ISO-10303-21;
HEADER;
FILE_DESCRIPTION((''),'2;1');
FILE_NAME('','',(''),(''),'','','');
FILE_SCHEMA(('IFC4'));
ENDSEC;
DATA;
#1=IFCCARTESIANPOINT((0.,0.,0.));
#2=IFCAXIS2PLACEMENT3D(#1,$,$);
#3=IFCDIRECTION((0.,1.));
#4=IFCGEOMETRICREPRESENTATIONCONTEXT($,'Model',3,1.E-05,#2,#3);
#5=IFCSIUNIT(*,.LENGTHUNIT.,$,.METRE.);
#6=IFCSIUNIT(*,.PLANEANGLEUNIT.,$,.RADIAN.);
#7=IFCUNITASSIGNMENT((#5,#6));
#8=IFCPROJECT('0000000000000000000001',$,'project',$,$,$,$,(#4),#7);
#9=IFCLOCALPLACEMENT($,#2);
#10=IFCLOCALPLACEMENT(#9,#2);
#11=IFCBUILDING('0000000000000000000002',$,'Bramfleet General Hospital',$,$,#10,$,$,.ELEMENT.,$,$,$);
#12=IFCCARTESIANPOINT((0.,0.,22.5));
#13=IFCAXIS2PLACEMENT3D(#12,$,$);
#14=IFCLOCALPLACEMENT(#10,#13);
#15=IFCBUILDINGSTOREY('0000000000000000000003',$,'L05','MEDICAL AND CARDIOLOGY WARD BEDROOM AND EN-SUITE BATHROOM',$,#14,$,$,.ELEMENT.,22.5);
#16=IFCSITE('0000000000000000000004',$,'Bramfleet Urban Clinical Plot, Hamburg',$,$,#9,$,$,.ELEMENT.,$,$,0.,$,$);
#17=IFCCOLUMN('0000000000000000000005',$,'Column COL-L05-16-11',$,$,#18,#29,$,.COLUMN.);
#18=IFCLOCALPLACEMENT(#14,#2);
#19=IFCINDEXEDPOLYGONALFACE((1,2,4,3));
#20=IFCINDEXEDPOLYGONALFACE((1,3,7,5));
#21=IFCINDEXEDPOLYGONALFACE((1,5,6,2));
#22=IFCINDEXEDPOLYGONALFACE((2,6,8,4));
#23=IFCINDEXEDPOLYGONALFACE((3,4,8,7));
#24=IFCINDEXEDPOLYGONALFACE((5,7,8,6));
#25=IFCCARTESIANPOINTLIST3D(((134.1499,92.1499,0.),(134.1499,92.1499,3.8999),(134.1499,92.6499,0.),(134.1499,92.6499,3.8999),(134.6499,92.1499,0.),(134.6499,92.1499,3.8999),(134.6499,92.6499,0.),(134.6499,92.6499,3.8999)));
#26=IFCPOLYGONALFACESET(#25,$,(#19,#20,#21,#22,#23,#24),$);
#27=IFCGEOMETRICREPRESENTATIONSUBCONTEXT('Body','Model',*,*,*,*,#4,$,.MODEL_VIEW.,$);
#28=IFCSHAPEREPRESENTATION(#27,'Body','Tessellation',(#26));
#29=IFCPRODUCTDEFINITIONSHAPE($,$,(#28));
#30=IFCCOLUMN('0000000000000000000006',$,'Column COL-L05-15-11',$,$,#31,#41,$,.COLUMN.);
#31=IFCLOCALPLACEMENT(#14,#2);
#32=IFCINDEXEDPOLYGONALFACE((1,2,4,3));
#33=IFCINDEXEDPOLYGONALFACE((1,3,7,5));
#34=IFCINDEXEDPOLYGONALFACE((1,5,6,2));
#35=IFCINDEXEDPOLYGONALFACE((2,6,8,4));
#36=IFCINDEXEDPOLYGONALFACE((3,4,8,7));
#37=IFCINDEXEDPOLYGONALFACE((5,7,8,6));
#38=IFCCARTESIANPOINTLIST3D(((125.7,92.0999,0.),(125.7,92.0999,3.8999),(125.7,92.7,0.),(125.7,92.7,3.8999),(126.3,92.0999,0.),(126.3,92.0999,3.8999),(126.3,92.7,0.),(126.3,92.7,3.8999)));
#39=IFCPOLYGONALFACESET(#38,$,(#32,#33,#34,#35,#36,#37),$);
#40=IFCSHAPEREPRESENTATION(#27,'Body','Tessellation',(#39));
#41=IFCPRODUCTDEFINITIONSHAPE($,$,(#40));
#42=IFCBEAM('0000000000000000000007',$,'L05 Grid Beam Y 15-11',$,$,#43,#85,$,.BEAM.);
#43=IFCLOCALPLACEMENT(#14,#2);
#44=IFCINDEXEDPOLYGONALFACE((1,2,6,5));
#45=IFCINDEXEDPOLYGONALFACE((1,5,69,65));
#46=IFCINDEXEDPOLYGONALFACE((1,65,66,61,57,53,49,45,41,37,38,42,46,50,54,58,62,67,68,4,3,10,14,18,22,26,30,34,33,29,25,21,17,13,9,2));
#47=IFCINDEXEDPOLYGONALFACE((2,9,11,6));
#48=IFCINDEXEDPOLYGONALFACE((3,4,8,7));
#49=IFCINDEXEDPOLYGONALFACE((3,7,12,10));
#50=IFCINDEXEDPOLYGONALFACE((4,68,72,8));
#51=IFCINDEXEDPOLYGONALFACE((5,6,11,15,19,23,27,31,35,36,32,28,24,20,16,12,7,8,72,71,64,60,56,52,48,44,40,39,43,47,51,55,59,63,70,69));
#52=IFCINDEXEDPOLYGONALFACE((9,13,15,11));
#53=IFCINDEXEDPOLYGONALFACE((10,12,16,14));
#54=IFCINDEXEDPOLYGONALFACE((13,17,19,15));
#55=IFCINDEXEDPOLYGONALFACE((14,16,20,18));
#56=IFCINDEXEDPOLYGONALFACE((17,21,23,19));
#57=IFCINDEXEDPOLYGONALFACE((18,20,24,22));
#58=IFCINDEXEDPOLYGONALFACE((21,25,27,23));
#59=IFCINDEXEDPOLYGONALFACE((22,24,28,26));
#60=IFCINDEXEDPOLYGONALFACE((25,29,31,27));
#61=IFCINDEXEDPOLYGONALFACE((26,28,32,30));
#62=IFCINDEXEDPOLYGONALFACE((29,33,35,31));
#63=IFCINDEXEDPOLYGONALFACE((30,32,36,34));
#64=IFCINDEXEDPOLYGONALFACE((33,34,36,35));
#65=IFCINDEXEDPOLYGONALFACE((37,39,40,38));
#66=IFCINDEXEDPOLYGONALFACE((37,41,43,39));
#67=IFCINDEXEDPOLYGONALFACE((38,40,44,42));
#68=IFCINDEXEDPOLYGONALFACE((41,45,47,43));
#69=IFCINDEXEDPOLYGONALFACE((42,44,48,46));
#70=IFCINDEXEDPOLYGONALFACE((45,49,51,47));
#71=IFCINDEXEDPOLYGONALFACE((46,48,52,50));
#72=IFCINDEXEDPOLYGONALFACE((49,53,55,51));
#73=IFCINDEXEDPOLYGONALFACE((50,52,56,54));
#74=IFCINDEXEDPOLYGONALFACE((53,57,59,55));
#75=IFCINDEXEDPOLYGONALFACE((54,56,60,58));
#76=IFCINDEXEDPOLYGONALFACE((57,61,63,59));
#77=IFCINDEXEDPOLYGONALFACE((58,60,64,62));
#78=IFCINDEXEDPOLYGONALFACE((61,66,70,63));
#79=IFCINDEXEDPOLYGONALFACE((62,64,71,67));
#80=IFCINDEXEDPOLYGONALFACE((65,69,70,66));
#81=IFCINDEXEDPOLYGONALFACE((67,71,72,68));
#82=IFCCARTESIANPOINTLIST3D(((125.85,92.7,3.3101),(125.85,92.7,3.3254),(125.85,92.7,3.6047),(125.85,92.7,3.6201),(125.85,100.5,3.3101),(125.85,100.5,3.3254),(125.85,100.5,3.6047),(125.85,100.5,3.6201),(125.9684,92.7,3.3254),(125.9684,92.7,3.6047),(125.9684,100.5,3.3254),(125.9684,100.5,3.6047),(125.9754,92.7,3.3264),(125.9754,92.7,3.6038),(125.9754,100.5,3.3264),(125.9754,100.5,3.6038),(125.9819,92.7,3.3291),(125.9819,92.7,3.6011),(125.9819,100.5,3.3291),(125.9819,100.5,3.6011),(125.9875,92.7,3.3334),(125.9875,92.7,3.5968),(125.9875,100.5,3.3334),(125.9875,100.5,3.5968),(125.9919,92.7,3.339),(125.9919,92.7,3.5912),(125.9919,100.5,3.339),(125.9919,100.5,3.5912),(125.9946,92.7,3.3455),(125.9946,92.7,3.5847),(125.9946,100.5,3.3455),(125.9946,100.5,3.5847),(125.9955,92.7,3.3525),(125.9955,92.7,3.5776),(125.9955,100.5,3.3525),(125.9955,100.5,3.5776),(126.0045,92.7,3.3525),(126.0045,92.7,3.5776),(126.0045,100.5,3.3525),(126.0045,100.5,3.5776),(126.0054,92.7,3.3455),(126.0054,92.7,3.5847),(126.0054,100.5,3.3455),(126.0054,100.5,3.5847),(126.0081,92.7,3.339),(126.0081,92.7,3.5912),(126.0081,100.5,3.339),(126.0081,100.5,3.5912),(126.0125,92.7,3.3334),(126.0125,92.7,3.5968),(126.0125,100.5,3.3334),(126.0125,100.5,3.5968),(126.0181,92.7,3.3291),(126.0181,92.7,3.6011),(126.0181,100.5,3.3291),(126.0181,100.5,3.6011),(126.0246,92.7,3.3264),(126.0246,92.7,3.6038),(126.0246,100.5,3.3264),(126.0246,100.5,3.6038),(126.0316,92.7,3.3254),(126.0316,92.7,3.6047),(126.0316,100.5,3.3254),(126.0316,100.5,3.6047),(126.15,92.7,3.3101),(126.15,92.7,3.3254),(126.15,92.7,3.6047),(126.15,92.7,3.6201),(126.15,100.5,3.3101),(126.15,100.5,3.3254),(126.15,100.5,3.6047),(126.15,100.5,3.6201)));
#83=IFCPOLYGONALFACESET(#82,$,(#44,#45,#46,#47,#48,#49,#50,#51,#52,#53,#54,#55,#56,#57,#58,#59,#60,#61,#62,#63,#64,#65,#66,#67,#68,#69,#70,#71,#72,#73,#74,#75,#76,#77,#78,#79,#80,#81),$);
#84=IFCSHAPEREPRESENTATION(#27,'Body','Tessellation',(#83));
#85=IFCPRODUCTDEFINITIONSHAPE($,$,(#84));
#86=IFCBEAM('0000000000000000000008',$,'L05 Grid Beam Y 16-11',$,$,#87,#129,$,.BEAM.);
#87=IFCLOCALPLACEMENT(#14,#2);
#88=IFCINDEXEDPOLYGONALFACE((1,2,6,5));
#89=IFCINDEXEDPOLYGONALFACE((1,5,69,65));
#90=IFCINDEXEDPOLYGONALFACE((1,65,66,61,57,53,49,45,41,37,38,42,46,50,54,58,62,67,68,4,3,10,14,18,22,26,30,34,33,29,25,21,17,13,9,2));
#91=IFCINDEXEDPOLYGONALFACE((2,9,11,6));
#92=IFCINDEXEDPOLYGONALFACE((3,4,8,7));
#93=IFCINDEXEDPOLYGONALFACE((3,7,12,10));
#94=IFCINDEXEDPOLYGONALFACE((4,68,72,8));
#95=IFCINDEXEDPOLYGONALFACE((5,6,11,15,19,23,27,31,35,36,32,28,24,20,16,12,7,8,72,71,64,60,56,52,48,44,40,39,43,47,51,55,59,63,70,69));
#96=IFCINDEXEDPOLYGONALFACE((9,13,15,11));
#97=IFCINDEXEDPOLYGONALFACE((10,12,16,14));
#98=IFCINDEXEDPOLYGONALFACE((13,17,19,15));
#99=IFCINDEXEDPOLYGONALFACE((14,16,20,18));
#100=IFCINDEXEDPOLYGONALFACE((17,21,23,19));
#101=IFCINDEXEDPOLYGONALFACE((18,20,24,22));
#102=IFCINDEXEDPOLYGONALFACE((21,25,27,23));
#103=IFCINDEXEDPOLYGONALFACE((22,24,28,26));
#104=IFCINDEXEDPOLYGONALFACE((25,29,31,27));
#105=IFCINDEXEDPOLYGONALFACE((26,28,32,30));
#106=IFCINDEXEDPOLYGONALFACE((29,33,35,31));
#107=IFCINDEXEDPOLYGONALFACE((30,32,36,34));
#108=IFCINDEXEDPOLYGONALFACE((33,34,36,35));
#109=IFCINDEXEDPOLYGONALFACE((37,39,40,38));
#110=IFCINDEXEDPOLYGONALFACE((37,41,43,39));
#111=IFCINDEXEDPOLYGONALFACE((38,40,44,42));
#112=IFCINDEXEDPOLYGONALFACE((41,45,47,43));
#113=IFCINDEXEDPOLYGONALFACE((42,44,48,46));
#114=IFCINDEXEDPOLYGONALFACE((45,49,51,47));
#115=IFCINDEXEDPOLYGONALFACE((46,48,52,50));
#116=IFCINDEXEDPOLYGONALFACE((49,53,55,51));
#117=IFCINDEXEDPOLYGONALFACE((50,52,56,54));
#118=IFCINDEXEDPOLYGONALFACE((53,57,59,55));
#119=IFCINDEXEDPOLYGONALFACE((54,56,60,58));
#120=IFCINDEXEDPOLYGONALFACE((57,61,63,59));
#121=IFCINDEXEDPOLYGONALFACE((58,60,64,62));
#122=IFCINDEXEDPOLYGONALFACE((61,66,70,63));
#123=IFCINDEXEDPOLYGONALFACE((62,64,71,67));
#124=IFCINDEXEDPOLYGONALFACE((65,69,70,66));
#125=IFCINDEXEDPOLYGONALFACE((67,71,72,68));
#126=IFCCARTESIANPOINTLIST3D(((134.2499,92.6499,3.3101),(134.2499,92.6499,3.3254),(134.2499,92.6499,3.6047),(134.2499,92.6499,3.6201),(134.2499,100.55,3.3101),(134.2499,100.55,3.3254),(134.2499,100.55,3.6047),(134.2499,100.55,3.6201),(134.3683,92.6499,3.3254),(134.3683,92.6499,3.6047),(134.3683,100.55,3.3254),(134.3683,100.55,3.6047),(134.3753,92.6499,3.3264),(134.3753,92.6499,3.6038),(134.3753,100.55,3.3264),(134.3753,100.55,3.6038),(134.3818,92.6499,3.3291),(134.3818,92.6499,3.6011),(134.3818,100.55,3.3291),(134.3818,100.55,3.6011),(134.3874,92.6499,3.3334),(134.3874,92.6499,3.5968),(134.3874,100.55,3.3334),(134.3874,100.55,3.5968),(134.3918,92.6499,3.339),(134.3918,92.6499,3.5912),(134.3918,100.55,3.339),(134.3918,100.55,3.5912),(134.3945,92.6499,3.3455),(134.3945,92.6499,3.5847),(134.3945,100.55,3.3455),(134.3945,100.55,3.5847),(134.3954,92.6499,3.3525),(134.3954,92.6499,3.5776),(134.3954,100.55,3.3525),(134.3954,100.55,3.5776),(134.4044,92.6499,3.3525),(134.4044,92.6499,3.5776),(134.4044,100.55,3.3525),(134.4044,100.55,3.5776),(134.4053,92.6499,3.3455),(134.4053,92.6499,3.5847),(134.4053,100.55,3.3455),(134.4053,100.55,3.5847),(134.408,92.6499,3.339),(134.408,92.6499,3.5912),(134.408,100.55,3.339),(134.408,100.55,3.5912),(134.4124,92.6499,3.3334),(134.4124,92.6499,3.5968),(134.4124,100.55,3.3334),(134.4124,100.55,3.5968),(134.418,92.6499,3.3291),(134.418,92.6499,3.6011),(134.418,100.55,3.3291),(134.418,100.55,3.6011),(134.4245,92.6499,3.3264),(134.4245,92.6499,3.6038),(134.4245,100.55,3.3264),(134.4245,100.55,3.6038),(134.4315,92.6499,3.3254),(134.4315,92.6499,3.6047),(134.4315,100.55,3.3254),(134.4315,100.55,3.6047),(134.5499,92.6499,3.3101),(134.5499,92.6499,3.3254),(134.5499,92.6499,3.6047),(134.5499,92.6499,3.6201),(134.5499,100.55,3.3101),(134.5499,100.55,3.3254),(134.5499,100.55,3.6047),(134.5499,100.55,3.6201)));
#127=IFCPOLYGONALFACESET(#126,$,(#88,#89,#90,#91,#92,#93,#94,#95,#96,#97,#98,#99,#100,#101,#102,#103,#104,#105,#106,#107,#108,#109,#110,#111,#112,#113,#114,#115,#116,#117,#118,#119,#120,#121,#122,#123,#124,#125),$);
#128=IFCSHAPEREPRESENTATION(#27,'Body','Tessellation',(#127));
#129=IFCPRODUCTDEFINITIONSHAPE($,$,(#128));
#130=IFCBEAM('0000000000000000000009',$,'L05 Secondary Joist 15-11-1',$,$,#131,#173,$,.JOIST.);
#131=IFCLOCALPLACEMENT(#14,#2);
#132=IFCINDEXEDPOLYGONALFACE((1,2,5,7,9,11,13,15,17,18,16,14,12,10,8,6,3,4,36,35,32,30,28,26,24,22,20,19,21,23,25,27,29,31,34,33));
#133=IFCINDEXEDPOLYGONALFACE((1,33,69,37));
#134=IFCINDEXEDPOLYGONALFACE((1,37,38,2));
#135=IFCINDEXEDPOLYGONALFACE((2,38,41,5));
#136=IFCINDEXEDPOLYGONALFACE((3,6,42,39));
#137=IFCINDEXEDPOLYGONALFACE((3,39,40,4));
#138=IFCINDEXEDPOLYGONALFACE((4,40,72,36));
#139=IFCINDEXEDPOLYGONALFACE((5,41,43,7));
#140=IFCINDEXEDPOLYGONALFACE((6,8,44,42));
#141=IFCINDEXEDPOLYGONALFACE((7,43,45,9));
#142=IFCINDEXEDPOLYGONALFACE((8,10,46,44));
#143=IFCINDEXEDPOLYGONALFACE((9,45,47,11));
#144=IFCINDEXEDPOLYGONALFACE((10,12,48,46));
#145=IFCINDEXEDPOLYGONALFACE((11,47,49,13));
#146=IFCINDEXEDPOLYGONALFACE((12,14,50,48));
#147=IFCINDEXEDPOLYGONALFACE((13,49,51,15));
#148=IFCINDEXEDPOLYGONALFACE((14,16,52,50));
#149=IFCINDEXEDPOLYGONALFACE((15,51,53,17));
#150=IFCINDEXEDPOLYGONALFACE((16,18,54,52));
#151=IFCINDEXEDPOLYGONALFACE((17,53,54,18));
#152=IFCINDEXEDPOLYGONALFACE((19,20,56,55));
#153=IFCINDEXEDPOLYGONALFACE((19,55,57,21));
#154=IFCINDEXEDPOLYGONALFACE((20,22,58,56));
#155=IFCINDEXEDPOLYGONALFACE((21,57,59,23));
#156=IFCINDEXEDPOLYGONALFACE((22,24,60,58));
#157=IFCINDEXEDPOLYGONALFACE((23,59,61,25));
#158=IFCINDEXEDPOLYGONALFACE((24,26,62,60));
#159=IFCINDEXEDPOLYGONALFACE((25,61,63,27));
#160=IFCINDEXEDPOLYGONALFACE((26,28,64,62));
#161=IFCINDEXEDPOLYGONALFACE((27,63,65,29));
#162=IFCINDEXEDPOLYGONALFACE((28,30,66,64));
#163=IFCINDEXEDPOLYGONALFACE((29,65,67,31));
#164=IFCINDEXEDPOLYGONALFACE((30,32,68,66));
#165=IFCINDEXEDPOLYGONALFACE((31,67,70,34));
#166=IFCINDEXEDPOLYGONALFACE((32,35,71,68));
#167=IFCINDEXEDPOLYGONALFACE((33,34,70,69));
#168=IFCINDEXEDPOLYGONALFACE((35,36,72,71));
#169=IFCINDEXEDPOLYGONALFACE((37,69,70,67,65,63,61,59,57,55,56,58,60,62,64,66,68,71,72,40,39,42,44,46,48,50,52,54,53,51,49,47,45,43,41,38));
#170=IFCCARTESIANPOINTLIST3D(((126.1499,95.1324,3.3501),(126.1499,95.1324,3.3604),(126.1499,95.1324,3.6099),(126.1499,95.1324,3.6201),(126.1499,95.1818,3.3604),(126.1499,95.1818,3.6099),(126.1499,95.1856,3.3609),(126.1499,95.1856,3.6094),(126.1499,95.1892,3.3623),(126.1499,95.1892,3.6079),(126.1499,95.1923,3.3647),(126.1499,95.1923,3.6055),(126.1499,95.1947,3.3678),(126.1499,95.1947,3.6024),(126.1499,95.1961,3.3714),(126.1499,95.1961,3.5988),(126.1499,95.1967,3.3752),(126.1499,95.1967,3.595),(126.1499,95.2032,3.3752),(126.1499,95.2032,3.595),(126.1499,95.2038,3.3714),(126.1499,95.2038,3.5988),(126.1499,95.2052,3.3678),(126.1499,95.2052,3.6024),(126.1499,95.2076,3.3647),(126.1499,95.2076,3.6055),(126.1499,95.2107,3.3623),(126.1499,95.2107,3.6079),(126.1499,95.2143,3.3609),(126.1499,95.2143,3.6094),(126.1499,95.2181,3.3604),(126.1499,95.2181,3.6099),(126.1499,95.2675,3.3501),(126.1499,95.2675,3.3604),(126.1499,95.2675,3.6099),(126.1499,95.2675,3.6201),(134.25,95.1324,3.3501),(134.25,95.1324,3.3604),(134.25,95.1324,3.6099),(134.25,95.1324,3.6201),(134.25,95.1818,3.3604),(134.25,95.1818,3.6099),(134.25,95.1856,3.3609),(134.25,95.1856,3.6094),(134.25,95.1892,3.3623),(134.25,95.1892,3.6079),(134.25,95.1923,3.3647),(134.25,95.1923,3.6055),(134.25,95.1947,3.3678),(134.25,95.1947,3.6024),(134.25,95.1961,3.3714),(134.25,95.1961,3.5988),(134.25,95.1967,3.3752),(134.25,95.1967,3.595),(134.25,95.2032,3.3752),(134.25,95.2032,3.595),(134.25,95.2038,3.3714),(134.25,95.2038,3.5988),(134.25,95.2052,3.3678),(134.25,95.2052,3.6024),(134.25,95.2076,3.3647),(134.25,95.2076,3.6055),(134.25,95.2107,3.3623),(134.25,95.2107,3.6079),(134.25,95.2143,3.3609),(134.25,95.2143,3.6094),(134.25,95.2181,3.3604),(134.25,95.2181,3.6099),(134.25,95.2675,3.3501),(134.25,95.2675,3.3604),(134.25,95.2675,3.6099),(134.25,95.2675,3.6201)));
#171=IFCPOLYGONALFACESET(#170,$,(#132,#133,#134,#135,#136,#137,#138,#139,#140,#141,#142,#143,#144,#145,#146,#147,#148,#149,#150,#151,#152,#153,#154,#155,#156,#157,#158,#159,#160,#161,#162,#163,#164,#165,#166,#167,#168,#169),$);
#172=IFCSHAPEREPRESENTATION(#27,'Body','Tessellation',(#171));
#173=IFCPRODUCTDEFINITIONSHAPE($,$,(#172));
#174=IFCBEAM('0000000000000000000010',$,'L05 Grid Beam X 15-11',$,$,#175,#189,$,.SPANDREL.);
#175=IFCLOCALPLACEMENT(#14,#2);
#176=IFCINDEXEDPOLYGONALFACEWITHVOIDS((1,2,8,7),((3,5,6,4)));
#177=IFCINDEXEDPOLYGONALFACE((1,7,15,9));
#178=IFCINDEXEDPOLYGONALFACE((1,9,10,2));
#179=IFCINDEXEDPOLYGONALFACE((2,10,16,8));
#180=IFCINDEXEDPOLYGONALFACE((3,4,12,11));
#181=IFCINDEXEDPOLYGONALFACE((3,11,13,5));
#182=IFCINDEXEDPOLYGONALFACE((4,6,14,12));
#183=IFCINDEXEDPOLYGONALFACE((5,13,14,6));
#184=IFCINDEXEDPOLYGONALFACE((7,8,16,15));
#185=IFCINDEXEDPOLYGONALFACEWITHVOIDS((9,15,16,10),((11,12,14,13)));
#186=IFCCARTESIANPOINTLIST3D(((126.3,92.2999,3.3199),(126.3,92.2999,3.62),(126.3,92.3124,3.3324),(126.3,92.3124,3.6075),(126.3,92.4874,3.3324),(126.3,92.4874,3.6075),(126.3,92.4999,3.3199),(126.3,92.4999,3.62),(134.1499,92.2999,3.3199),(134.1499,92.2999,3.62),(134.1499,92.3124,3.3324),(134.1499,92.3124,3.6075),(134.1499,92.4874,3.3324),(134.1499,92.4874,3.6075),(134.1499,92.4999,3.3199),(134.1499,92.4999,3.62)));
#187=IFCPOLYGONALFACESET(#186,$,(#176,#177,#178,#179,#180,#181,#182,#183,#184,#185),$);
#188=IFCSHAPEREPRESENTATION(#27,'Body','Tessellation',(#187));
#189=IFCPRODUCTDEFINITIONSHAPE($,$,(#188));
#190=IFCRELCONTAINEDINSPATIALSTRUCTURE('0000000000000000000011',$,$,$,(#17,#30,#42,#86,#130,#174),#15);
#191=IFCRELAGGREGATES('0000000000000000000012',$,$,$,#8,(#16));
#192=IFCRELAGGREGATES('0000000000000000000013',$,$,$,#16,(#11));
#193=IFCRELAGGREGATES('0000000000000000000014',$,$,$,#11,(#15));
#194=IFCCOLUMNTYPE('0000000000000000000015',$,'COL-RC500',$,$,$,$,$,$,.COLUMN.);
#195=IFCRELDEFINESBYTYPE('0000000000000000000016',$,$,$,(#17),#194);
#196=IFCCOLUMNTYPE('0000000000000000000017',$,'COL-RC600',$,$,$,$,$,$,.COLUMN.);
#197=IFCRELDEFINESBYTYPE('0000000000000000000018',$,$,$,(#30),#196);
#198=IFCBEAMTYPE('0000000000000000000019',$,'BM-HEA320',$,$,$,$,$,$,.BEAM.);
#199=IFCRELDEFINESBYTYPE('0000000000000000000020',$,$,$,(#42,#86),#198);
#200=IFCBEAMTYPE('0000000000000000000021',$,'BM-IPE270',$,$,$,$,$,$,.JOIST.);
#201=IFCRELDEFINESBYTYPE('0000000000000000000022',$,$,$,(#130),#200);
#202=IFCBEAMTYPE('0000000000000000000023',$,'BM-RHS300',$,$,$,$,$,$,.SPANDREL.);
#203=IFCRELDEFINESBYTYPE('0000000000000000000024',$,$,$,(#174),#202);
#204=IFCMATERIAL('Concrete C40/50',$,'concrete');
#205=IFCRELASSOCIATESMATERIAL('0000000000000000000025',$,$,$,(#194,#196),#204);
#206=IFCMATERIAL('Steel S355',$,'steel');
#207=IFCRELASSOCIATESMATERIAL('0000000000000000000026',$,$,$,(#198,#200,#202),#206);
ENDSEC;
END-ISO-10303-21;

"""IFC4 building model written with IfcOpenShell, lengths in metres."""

from ifc_helpers import new_model, si_unit, direction, frame, origin, origin_2d, place, context, subcontext, project, spatial, rectangle, hollow_rectangle, i_section, extrude, material, material_profile, profile_set, type_object, element, save


model = new_model("IFC4")

# Units and contexts
model_context = context("Model", 3, precision=1e-05, world=origin(), true_north=direction((0.0, 1.0)))
body_context = subcontext(model_context, "Body", "Model", "MODEL_VIEW")
ifc_project = project(units=[si_unit("LENGTHUNIT", "METRE"), si_unit("PLANEANGLEUNIT", "RADIAN")], contexts=[model_context])

# Site, building, storey
site_placement = place(None, origin())
site = spatial("IfcSite", under=ifc_project, at=site_placement, Name="Bramfleet Urban Clinical Plot, Hamburg", CompositionType="ELEMENT", RefElevation=0.0)
building_placement = place(site_placement, origin())
building = spatial("IfcBuilding", under=site, at=building_placement, Name="Bramfleet General Hospital", CompositionType="ELEMENT")
storey_placement = place(building_placement, frame((0.0, 0.0, 22.5)))
storey = spatial("IfcBuildingStorey", under=building, at=storey_placement, Name="L05", Description="MEDICAL AND CARDIOLOGY WARD BEDROOM AND EN-SUITE BATHROOM", CompositionType="ELEMENT", Elevation=22.5)

# Columns
ifc_material_1 = material(Name="Concrete C40/50", Category="concrete")
ifc_material_profile_1 = material_profile(ifc_material_1, rectangle(XDim=0.5, YDim=0.5, at=origin_2d()), Name="RC COL 500x500")
ifc_profile_set_1 = profile_set([ifc_material_profile_1], Name="Concrete C40/50")
column_type_1 = type_object("IfcColumnType", Name="COL-RC500", PredefinedType="COLUMN", material=ifc_profile_set_1)
column_1_placement = place(storey_placement, frame((134.3999, 92.3999, 0.0), z_axis=(0.0, 0.0, 1.0), x_axis=(1.0, 0.0, 0.0)))
element("IfcColumn", 1, at=column_1_placement, inside=storey, type_object=column_type_1, Name="Column COL-L05-16-11", PredefinedType="COLUMN", context=body_context, shape_type="SweptSolid", body=[
    extrude(rectangle(XDim=0.5, YDim=0.5, at=origin_2d()), origin(), (0.0, 0.0, 1.0), 3.8999),
])
ifc_material_profile_2 = material_profile(ifc_material_1, rectangle(XDim=0.6001, YDim=0.6001, at=origin_2d()), Name="RC COL 600x600")
ifc_profile_set_2 = profile_set([ifc_material_profile_2], Name="Concrete C40/50")
column_type_2 = type_object("IfcColumnType", Name="COL-RC600", PredefinedType="COLUMN", material=ifc_profile_set_2)
column_2_placement = place(storey_placement, frame((126.0, 92.3999, 0.0), z_axis=(0.0, 0.0, 1.0), x_axis=(1.0, 0.0, 0.0)))
element("IfcColumn", 2, at=column_2_placement, inside=storey, type_object=column_type_2, Name="Column COL-L05-15-11", PredefinedType="COLUMN", context=body_context, shape_type="SweptSolid", body=[
    extrude(rectangle(XDim=0.6001, YDim=0.6001, at=origin_2d()), origin(), (0.0, 0.0, 1.0), 3.8999),
])

# Beams
ifc_material_2 = material(Name="Steel S355", Category="steel")
ifc_material_profile_3 = material_profile(ifc_material_2, i_section(OverallWidth=0.3, OverallDepth=0.3101, WebThickness=0.009, FlangeThickness=0.0154, FilletRadius=0.0271, at=origin_2d()), Name="HEA 320")
ifc_profile_set_3 = profile_set([ifc_material_profile_3], Name="Steel S355")
beam_type_1 = type_object("IfcBeamType", Name="BM-HEA320", PredefinedType="BEAM", material=ifc_profile_set_3)
beam_1_placement = place(storey_placement, frame((126.0, 92.7, 3.4651), z_axis=(0.0, 1.0, 0.0), x_axis=(-1.0, 0.0, 0.0)))
element("IfcBeam", 3, at=beam_1_placement, inside=storey, type_object=beam_type_1, Name="L05 Grid Beam Y 15-11", PredefinedType="BEAM", context=body_context, shape_type="SweptSolid", body=[
    extrude(i_section(OverallWidth=0.3, OverallDepth=0.3101, WebThickness=0.009, FlangeThickness=0.0154, FilletRadius=0.0271, at=origin_2d()), origin(), (0.0, 0.0, 1.0), 7.8),
])
beam_2_placement = place(storey_placement, frame((134.3999, 92.6499, 3.4651), z_axis=(0.0, 1.0, 0.0), x_axis=(-1.0, 0.0, 0.0)))
element("IfcBeam", 4, at=beam_2_placement, inside=storey, type_object=beam_type_1, Name="L05 Grid Beam Y 16-11", PredefinedType="BEAM", context=body_context, shape_type="SweptSolid", body=[
    extrude(i_section(OverallWidth=0.3, OverallDepth=0.3101, WebThickness=0.009, FlangeThickness=0.0154, FilletRadius=0.0271, at=origin_2d()), origin(), (0.0, 0.0, 1.0), 7.9001),
])
ifc_material_profile_4 = material_profile(ifc_material_2, i_section(OverallWidth=0.135, OverallDepth=0.27, WebThickness=0.0066, FlangeThickness=0.0103, FilletRadius=0.0149, at=origin_2d()), Name="IPE 270")
ifc_profile_set_4 = profile_set([ifc_material_profile_4], Name="Steel S355")
beam_type_2 = type_object("IfcBeamType", Name="BM-IPE270", PredefinedType="JOIST", material=ifc_profile_set_4)
beam_3_placement = place(storey_placement, frame((126.1499, 95.2, 3.4851), z_axis=(1.0, 0.0, 0.0), x_axis=(0.0, 1.0, 0.0)))
element("IfcBeam", 5, at=beam_3_placement, inside=storey, type_object=beam_type_2, Name="L05 Secondary Joist 15-11-1", PredefinedType="JOIST", context=body_context, shape_type="SweptSolid", body=[
    extrude(i_section(OverallWidth=0.135, OverallDepth=0.27, WebThickness=0.0066, FlangeThickness=0.0103, FilletRadius=0.0149, at=origin_2d()), origin(), (0.0, 0.0, 1.0), 8.1001),
])
ifc_material_profile_5 = material_profile(ifc_material_2, hollow_rectangle(XDim=0.2, YDim=0.3, WallThickness=0.0125, at=origin_2d()), Name="RHS 300x200x12.5")
ifc_profile_set_5 = profile_set([ifc_material_profile_5], Name="Steel S355")
beam_type_3 = type_object("IfcBeamType", Name="BM-RHS300", PredefinedType="SPANDREL", material=ifc_profile_set_5)
beam_4_placement = place(storey_placement, frame((126.3, 92.3999, 3.47), z_axis=(1.0, 0.0, 0.0), x_axis=(0.0, 1.0, 0.0)))
element("IfcBeam", 6, at=beam_4_placement, inside=storey, type_object=beam_type_3, Name="L05 Grid Beam X 15-11", PredefinedType="SPANDREL", context=body_context, shape_type="SweptSolid", body=[
    extrude(hollow_rectangle(XDim=0.2, YDim=0.3, WallThickness=0.0125, at=origin_2d()), origin(), (0.0, 0.0, 1.0), 7.8499),
])

save(model, "model.ifc")
